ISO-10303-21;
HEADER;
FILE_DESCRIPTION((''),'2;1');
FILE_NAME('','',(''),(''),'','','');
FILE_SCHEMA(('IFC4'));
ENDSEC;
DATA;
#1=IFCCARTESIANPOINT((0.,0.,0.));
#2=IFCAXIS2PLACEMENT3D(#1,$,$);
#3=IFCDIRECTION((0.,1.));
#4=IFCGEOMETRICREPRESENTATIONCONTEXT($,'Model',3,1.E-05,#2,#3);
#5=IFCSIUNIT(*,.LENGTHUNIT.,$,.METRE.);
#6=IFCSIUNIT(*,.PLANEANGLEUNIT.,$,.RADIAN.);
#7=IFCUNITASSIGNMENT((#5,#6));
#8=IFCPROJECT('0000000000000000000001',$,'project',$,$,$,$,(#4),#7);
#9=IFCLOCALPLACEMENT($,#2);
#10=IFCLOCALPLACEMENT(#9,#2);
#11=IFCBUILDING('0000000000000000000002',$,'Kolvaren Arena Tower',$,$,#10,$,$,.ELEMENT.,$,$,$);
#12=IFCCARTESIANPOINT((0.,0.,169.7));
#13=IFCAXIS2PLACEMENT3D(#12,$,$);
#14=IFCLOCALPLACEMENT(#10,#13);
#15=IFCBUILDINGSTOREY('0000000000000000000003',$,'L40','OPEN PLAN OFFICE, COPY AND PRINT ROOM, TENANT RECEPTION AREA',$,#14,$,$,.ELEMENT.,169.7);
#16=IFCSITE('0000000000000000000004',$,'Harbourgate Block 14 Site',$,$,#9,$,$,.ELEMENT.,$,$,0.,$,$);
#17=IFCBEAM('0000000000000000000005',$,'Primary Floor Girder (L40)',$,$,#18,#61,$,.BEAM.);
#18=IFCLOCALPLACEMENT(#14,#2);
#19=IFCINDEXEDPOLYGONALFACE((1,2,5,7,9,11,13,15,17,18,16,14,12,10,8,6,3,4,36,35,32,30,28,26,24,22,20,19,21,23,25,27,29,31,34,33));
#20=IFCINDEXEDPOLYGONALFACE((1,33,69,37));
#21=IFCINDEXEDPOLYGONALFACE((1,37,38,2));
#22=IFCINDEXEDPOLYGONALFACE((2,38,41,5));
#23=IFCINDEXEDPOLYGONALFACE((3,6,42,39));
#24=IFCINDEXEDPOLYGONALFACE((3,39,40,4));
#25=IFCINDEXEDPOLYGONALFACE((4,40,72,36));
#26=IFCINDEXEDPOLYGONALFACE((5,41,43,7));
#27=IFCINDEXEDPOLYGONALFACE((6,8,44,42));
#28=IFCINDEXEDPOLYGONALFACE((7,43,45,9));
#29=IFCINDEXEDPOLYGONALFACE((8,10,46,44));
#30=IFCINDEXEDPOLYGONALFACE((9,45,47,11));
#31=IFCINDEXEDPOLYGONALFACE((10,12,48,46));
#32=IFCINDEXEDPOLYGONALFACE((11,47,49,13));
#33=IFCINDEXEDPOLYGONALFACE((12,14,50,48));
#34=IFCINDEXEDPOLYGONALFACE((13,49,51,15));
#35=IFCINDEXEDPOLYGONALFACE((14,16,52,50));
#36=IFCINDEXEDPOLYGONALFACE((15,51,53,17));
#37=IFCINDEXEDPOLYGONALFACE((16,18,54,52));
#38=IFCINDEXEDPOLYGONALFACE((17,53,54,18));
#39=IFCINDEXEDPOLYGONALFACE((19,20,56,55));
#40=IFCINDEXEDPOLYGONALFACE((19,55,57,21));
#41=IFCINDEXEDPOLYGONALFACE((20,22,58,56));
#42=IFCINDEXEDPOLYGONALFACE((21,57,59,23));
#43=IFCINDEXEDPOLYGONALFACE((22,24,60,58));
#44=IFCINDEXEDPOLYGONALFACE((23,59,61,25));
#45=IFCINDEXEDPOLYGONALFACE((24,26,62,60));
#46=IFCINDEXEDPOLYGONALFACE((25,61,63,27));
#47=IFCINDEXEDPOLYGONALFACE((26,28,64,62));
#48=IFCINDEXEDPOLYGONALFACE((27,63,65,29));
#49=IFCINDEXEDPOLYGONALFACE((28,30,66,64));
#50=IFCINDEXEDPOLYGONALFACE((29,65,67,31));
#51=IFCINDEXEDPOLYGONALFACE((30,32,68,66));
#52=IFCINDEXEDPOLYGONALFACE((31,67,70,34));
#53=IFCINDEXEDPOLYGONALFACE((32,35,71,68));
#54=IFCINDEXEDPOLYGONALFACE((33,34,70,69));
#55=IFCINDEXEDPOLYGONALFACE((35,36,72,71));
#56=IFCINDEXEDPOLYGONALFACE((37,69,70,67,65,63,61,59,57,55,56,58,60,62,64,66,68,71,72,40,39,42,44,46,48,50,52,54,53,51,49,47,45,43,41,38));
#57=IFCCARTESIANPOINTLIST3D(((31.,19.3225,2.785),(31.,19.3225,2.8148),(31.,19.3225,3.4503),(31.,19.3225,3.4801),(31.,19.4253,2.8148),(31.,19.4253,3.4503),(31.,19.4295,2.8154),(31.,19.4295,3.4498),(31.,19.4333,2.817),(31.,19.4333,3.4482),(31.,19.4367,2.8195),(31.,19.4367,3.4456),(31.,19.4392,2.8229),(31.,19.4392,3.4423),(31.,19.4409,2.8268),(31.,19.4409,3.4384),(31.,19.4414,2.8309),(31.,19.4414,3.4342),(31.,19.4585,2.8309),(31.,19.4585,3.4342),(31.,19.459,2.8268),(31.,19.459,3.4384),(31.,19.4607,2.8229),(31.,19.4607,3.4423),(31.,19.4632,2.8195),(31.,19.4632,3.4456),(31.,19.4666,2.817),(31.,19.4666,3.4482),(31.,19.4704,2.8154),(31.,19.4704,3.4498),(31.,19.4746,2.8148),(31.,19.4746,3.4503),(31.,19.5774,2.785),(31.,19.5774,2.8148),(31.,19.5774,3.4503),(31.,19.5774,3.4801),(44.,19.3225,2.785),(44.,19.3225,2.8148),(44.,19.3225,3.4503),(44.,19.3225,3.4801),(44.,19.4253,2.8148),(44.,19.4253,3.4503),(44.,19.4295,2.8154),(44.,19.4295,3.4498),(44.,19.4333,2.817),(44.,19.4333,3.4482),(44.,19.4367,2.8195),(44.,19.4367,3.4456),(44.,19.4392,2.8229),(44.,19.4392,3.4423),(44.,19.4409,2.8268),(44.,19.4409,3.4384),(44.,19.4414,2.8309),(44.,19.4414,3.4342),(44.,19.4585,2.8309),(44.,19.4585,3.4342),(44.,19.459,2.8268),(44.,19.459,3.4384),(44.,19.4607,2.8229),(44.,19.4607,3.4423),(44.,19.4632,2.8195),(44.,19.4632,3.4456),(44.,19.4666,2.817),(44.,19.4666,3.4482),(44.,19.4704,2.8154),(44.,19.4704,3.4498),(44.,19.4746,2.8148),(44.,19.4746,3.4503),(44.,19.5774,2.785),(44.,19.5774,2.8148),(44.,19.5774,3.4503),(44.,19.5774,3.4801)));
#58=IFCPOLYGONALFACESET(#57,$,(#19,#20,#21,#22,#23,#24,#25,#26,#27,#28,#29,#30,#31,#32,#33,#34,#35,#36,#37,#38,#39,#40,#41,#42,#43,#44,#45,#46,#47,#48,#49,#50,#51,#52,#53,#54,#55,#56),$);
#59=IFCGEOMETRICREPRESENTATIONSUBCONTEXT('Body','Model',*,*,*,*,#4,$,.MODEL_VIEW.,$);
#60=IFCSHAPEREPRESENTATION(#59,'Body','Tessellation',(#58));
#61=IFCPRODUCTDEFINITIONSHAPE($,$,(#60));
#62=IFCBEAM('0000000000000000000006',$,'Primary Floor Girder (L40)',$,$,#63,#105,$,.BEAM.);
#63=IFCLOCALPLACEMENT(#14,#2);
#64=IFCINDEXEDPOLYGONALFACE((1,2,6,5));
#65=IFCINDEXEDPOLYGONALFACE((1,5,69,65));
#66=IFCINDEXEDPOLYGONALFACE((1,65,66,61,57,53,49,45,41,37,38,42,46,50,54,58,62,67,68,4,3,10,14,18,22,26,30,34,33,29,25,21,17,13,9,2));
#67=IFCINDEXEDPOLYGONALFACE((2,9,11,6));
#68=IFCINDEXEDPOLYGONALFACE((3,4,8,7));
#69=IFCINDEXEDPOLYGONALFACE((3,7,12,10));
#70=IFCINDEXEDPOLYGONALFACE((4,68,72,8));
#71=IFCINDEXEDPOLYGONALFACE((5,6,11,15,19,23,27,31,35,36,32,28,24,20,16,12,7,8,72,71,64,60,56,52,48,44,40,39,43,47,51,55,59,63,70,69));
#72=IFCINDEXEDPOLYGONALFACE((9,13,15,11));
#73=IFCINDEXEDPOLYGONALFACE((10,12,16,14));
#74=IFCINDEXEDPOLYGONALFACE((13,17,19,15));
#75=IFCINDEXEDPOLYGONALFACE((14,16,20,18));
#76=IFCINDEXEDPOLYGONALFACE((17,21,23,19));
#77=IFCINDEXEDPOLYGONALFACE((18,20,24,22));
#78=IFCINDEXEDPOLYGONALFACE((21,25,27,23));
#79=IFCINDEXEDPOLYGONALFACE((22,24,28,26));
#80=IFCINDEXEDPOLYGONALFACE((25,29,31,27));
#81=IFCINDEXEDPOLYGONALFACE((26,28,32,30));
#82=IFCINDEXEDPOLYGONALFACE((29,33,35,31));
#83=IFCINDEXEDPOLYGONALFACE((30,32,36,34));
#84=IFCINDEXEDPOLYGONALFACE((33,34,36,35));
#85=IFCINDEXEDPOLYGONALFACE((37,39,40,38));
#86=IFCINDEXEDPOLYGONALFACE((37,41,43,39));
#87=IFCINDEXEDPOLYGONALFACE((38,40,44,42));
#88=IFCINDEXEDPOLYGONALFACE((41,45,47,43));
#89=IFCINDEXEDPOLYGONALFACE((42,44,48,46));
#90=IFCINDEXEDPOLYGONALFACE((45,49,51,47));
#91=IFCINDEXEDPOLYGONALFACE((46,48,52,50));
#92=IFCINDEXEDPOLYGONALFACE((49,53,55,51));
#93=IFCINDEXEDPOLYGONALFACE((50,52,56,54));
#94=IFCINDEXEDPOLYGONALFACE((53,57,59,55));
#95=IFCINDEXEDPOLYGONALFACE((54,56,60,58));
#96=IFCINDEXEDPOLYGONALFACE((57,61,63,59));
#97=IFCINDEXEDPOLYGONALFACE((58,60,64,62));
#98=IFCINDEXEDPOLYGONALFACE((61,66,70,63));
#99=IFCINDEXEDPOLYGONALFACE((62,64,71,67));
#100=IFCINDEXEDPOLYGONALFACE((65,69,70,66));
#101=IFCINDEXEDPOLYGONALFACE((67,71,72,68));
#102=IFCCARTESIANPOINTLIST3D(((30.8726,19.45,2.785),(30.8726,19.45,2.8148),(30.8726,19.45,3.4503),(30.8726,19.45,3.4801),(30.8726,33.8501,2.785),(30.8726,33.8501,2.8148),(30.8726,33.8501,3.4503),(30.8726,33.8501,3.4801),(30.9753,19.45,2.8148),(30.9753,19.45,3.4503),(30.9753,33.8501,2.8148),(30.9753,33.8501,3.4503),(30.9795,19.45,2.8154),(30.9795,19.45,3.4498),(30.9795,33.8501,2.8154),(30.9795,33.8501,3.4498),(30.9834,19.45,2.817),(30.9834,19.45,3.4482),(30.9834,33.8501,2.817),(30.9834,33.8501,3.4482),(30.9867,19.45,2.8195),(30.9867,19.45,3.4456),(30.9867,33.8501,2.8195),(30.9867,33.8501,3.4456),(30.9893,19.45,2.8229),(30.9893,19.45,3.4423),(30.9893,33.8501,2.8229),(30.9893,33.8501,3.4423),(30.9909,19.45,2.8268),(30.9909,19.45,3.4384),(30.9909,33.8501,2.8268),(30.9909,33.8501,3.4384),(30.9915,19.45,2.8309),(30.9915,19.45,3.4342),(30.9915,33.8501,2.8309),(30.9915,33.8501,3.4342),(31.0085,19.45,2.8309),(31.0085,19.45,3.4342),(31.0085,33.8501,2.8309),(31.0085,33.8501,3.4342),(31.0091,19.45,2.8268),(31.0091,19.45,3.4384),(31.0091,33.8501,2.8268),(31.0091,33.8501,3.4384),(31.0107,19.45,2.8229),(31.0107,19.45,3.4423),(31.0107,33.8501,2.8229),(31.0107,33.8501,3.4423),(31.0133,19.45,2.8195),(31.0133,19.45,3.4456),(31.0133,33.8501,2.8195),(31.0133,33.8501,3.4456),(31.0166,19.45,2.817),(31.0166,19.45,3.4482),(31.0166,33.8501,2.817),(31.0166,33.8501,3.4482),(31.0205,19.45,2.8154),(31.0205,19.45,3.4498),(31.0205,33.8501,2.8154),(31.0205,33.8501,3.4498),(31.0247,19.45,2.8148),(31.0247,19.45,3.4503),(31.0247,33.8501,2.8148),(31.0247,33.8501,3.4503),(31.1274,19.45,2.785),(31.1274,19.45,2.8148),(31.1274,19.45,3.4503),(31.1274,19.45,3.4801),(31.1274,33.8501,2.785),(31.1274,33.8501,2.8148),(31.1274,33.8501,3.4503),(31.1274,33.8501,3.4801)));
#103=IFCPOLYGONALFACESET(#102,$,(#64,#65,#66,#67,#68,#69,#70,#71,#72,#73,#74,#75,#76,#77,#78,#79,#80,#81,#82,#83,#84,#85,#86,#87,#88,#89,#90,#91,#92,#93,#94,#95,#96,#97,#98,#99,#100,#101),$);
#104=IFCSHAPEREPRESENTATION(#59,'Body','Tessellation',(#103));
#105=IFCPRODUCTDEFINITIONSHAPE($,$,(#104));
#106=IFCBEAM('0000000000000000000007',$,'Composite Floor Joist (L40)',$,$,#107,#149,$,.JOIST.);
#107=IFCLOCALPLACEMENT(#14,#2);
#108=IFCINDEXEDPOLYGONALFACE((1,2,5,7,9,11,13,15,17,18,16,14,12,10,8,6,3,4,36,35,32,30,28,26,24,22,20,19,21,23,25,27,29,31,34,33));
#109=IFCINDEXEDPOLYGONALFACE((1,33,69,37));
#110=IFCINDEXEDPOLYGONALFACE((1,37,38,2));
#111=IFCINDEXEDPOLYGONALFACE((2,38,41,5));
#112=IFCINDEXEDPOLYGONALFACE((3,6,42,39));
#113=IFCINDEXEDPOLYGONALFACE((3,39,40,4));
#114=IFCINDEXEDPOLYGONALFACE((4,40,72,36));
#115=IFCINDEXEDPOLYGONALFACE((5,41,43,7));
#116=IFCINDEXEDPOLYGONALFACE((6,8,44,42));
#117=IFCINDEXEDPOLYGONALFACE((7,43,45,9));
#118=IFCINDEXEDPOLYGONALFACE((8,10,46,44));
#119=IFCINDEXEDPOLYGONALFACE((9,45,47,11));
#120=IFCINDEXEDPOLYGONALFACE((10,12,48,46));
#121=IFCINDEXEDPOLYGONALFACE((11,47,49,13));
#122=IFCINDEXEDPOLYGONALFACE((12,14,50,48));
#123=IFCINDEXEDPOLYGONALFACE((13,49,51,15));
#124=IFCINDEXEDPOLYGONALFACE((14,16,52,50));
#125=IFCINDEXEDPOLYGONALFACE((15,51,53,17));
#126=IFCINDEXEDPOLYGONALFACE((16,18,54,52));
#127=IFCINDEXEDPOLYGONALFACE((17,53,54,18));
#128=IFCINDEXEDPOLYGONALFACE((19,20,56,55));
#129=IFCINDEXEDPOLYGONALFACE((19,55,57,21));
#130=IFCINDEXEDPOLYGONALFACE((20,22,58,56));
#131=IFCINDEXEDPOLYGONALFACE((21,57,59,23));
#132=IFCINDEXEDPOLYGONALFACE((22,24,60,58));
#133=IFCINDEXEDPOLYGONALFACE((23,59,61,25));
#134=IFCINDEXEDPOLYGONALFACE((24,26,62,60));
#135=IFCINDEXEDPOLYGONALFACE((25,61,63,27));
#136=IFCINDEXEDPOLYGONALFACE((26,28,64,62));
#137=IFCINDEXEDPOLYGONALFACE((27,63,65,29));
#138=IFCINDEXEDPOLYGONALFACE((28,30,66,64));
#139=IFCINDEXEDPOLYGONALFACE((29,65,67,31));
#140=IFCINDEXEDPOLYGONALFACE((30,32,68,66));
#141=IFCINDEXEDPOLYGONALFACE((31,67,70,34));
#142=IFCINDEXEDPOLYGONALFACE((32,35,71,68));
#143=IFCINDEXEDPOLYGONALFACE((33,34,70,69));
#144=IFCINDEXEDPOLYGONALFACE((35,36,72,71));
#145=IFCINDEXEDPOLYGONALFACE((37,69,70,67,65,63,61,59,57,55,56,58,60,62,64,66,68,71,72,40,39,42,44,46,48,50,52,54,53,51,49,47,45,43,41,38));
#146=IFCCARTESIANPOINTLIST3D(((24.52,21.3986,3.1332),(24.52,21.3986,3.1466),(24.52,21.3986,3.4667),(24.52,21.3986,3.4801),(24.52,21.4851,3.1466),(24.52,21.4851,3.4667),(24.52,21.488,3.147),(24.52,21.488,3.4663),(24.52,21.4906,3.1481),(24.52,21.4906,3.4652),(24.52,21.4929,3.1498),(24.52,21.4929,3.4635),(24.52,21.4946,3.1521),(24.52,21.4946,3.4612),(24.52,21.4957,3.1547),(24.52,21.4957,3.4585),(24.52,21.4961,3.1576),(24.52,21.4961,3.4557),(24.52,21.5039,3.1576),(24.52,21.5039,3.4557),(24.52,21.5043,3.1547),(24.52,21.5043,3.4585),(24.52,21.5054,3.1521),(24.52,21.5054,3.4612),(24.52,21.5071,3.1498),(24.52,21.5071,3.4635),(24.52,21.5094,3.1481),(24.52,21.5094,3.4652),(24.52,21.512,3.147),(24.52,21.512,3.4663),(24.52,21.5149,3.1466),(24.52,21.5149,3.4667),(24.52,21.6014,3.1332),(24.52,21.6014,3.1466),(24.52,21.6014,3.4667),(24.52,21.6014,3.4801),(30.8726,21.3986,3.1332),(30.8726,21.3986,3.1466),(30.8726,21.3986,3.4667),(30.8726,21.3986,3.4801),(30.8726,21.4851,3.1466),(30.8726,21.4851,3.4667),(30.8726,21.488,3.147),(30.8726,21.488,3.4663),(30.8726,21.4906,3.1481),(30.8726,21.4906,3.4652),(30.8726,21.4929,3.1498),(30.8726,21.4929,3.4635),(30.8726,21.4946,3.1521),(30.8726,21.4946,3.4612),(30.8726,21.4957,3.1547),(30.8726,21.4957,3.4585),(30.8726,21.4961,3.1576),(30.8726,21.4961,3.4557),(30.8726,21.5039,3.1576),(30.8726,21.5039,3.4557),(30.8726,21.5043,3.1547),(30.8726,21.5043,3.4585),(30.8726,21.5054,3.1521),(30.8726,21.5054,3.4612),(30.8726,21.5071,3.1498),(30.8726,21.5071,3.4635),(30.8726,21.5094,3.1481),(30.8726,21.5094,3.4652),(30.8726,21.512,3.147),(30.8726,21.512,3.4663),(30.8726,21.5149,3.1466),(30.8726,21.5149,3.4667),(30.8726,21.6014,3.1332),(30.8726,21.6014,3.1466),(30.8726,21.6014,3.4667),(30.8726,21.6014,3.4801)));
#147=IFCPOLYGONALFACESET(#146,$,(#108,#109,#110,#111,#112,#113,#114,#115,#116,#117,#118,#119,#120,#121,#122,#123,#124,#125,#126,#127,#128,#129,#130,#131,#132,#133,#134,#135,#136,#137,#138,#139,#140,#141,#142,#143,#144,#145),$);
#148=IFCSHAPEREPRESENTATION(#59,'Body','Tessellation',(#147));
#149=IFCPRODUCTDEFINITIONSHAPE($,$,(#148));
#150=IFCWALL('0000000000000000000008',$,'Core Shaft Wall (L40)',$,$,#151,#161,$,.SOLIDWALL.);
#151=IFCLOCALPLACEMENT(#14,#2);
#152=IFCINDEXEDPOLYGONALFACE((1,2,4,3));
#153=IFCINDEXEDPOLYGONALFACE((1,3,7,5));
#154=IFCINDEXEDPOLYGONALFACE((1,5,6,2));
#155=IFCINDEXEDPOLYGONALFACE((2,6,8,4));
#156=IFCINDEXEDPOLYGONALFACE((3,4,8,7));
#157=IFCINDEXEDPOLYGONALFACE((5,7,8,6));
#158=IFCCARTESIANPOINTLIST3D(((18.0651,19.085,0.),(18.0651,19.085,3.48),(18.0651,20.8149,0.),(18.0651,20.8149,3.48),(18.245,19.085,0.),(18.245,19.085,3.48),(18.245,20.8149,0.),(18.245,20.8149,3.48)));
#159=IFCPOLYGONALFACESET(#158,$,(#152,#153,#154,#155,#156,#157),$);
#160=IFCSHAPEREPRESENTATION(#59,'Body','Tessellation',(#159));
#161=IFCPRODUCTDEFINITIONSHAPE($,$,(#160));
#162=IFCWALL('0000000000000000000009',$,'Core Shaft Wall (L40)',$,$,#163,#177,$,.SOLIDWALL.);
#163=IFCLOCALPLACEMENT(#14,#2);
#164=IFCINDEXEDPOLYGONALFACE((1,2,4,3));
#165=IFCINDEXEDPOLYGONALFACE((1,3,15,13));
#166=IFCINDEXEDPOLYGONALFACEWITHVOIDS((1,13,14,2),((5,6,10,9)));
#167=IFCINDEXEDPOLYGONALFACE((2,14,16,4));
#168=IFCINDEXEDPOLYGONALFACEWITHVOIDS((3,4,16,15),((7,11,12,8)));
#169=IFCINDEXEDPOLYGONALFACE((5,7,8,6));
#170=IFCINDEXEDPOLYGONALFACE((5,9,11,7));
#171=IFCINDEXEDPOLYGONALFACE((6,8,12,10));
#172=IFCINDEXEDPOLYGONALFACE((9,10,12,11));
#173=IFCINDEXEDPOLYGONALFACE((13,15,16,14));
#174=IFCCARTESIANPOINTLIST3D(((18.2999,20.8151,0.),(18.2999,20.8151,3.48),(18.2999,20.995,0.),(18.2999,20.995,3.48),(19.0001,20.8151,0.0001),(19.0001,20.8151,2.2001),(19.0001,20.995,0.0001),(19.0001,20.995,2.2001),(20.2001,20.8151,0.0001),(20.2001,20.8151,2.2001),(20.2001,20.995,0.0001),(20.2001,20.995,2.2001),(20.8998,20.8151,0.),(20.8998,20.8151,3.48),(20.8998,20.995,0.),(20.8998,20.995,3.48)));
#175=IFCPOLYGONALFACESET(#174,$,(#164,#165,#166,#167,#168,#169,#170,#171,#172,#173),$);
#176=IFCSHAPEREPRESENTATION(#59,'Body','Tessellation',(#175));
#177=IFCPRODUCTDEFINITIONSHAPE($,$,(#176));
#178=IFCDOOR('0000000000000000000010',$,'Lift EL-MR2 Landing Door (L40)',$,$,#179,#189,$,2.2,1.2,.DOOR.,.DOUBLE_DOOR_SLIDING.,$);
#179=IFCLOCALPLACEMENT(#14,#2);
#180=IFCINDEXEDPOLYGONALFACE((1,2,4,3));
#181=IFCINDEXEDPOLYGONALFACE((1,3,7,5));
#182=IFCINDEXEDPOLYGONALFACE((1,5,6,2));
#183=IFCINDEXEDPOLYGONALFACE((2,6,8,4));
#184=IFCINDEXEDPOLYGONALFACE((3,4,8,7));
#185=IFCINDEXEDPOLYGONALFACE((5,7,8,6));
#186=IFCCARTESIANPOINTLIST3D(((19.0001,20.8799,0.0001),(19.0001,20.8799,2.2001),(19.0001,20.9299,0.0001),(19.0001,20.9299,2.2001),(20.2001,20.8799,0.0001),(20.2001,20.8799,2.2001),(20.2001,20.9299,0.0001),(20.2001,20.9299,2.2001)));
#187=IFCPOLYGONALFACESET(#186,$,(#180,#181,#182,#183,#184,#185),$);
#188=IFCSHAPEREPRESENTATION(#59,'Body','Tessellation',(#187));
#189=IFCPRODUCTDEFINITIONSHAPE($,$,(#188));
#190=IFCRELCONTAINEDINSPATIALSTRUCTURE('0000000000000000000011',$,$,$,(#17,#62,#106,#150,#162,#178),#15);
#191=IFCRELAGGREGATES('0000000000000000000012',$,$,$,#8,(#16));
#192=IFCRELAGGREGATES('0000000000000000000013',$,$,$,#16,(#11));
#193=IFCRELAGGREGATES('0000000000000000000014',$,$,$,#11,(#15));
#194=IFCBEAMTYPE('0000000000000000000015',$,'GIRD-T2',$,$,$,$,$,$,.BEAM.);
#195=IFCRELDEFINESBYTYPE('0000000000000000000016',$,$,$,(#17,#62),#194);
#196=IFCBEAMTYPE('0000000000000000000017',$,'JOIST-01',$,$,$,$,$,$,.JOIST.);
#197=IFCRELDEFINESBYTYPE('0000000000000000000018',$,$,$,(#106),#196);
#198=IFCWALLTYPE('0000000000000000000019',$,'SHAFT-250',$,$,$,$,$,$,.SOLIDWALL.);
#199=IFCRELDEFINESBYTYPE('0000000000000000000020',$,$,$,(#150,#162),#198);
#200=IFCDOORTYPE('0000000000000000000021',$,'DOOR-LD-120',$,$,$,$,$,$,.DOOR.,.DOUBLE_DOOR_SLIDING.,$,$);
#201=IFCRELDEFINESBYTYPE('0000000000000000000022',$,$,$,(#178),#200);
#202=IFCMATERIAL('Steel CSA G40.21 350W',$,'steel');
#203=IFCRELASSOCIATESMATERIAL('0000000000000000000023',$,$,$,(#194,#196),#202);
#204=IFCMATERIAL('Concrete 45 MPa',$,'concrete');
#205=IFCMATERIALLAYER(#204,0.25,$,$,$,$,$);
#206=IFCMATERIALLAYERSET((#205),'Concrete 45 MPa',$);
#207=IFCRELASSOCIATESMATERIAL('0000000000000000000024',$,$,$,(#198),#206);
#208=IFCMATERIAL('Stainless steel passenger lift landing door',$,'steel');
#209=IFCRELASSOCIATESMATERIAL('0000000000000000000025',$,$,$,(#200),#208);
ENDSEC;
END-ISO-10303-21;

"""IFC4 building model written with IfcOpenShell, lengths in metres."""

from ifc_helpers import new_model, si_unit, direction, frame, frame_2d, origin, origin_2d, place, context, subcontext, project, spatial, rectangle, i_section, extrude, material, layer, layer_set, material_profile, profile_set, type_object, element, fill, save


model = new_model("IFC4")

# Units and contexts
model_context = context("Model", 3, precision=1e-05, world=origin(), true_north=direction((0.0, 1.0)))
body_context = subcontext(model_context, "Body", "Model", "MODEL_VIEW")
ifc_project = project(units=[si_unit("LENGTHUNIT", "METRE"), si_unit("PLANEANGLEUNIT", "RADIAN")], contexts=[model_context])

# Site, building, storey
site_placement = place(None, origin())
site = spatial("IfcSite", under=ifc_project, at=site_placement, Name="Harbourgate Block 14 Site", CompositionType="ELEMENT", RefElevation=0.0)
building_placement = place(site_placement, origin())
building = spatial("IfcBuilding", under=site, at=building_placement, Name="Kolvaren Arena Tower", CompositionType="ELEMENT")
storey_placement = place(building_placement, frame((0.0, 0.0, 169.7)))
storey = spatial("IfcBuildingStorey", under=building, at=storey_placement, Name="L40", Description="OPEN PLAN OFFICE, COPY AND PRINT ROOM, TENANT RECEPTION AREA", CompositionType="ELEMENT", Elevation=169.7)

# Beams
ifc_material_1 = material(Name="Steel CSA G40.21 350W", Category="steel")
ifc_material_profile_1 = material_profile(ifc_material_1, i_section(OverallWidth=0.2549, OverallDepth=0.6951, WebThickness=0.0171, FlangeThickness=0.0298, FilletRadius=0.0161, at=origin_2d()), Name="W690x217")
ifc_profile_set_1 = profile_set([ifc_material_profile_1], Name="Steel CSA G40.21 350W")
beam_type_1 = type_object("IfcBeamType", Name="GIRD-T2", PredefinedType="BEAM", material=ifc_profile_set_1)
beam_1_placement = place(storey_placement, frame((31.0, 19.45, 3.1326), z_axis=(1.0, 0.0, 0.0), x_axis=(0.0, 1.0, 0.0)))
element("IfcBeam", 1, at=beam_1_placement, inside=storey, type_object=beam_type_1, Name="Primary Floor Girder (L40)", PredefinedType="BEAM", context=body_context, shape_type="SweptSolid", body=[
    extrude(i_section(OverallWidth=0.2549, OverallDepth=0.6951, WebThickness=0.0171, FlangeThickness=0.0298, FilletRadius=0.0161, at=origin_2d()), origin(), (0.0, 0.0, 1.0), 13.0),
])
beam_2_placement = place(storey_placement, frame((31.0, 19.45, 3.1326), z_axis=(0.0, 1.0, 0.0), x_axis=(-1.0, 0.0, 0.0)))
element("IfcBeam", 2, at=beam_2_placement, inside=storey, type_object=beam_type_1, Name="Primary Floor Girder (L40)", PredefinedType="BEAM", context=body_context, shape_type="SweptSolid", body=[
    extrude(i_section(OverallWidth=0.2549, OverallDepth=0.6951, WebThickness=0.0171, FlangeThickness=0.0298, FilletRadius=0.0161, at=origin_2d()), origin(), (0.0, 0.0, 1.0), 14.4001),
])
ifc_material_profile_2 = material_profile(ifc_material_1, i_section(OverallWidth=0.2029, OverallDepth=0.3469, WebThickness=0.0078, FlangeThickness=0.0134, FilletRadius=0.011, at=origin_2d()), Name="W360x64")
ifc_profile_set_2 = profile_set([ifc_material_profile_2], Name="Steel CSA G40.21 350W")
beam_type_2 = type_object("IfcBeamType", Name="JOIST-01", PredefinedType="JOIST", material=ifc_profile_set_2)
beam_3_placement = place(storey_placement, frame((24.52, 21.5, 3.3066), z_axis=(1.0, 0.0, 0.0), x_axis=(0.0, 1.0, 0.0)))
element("IfcBeam", 3, at=beam_3_placement, inside=storey, type_object=beam_type_2, Name="Composite Floor Joist (L40)", PredefinedType="JOIST", context=body_context, shape_type="SweptSolid", body=[
    extrude(i_section(OverallWidth=0.2029, OverallDepth=0.3469, WebThickness=0.0078, FlangeThickness=0.0134, FilletRadius=0.011, at=origin_2d()), origin(), (0.0, 0.0, 1.0), 6.3525),
])

# Wall
ifc_material_2 = material(Name="Concrete 45 MPa", Category="concrete")
ifc_layer = layer(ifc_material_2, 0.25)
ifc_layer_set = layer_set([ifc_layer], Name="Concrete 45 MPa")
wall_type = type_object("IfcWallType", Name="SHAFT-250", PredefinedType="SOLIDWALL", material=ifc_layer_set)
wall_1_placement = place(storey_placement, frame((18.155, 19.085, 0.0), z_axis=(0.0, 0.0, 1.0), x_axis=(0.0, 1.0, 0.0)))
element("IfcWall", 4, at=wall_1_placement, inside=storey, type_object=wall_type, Name="Core Shaft Wall (L40)", PredefinedType="SOLIDWALL", context=body_context, shape_type="SweptSolid", body=[
    extrude(rectangle(XDim=1.73, YDim=0.1799, at=frame_2d((0.865, 0.0))), origin(), (0.0, 0.0, 1.0), 3.48),
])

# Wall, opening, door
wall_2_placement = place(storey_placement, frame((18.3, 20.905, 0.0), z_axis=(0.0, 0.0, 1.0), x_axis=(1.0, 0.0, 0.0)))
wall_2 = element("IfcWall", 5, at=wall_2_placement, inside=storey, type_object=wall_type, Name="Core Shaft Wall (L40)", PredefinedType="SOLIDWALL", context=body_context, shape_type="SweptSolid", body=[
    extrude(rectangle(XDim=2.5999, YDim=0.1799, at=frame_2d((1.2998, 0.0))), origin(), (0.0, 0.0, 1.0), 3.48),
])
opening_1_placement = place(wall_2_placement, frame((0.7, 0.0, 0.0)))
opening_1 = element("IfcOpeningElement", 6, at=opening_1_placement, cuts=wall_2, PredefinedType="OPENING", context=body_context, shape_type="SweptSolid", body=[
    extrude(rectangle(XDim=1.2, YDim=2.2, at=frame_2d((0.6001, 1.1001))), frame((0.0, 0.0999, 0.0), z_axis=(0.0, -1.0, 0.0), x_axis=(1.0, 0.0, 0.0)), (0.0, 0.0, 1.0), 0.2),
])
ifc_material_3 = material(Name="Stainless steel passenger lift landing door", Category="steel")
door_type = type_object("IfcDoorType", Name="DOOR-LD-120", OperationType="DOUBLE_DOOR_SLIDING", PredefinedType="DOOR", material=ifc_material_3)
door_1_placement = place(opening_1_placement, origin())
door_1 = element("IfcDoor", 7, at=door_1_placement, inside=storey, type_object=door_type, Name="Lift EL-MR2 Landing Door (L40)", OperationType="DOUBLE_DOOR_SLIDING", OverallHeight=2.2, OverallWidth=1.2, PredefinedType="DOOR", context=body_context, shape_type="SweptSolid", body=[
    extrude(rectangle(XDim=1.2, YDim=2.2, at=frame_2d((0.6001, 1.1001))), frame((0.0, 0.0249, 0.0), z_axis=(0.0, -1.0, 0.0), x_axis=(1.0, 0.0, 0.0)), (0.0, 0.0, 1.0), 0.05),
])
fill(opening_1, door_1)

save(model, "model.ifc")
